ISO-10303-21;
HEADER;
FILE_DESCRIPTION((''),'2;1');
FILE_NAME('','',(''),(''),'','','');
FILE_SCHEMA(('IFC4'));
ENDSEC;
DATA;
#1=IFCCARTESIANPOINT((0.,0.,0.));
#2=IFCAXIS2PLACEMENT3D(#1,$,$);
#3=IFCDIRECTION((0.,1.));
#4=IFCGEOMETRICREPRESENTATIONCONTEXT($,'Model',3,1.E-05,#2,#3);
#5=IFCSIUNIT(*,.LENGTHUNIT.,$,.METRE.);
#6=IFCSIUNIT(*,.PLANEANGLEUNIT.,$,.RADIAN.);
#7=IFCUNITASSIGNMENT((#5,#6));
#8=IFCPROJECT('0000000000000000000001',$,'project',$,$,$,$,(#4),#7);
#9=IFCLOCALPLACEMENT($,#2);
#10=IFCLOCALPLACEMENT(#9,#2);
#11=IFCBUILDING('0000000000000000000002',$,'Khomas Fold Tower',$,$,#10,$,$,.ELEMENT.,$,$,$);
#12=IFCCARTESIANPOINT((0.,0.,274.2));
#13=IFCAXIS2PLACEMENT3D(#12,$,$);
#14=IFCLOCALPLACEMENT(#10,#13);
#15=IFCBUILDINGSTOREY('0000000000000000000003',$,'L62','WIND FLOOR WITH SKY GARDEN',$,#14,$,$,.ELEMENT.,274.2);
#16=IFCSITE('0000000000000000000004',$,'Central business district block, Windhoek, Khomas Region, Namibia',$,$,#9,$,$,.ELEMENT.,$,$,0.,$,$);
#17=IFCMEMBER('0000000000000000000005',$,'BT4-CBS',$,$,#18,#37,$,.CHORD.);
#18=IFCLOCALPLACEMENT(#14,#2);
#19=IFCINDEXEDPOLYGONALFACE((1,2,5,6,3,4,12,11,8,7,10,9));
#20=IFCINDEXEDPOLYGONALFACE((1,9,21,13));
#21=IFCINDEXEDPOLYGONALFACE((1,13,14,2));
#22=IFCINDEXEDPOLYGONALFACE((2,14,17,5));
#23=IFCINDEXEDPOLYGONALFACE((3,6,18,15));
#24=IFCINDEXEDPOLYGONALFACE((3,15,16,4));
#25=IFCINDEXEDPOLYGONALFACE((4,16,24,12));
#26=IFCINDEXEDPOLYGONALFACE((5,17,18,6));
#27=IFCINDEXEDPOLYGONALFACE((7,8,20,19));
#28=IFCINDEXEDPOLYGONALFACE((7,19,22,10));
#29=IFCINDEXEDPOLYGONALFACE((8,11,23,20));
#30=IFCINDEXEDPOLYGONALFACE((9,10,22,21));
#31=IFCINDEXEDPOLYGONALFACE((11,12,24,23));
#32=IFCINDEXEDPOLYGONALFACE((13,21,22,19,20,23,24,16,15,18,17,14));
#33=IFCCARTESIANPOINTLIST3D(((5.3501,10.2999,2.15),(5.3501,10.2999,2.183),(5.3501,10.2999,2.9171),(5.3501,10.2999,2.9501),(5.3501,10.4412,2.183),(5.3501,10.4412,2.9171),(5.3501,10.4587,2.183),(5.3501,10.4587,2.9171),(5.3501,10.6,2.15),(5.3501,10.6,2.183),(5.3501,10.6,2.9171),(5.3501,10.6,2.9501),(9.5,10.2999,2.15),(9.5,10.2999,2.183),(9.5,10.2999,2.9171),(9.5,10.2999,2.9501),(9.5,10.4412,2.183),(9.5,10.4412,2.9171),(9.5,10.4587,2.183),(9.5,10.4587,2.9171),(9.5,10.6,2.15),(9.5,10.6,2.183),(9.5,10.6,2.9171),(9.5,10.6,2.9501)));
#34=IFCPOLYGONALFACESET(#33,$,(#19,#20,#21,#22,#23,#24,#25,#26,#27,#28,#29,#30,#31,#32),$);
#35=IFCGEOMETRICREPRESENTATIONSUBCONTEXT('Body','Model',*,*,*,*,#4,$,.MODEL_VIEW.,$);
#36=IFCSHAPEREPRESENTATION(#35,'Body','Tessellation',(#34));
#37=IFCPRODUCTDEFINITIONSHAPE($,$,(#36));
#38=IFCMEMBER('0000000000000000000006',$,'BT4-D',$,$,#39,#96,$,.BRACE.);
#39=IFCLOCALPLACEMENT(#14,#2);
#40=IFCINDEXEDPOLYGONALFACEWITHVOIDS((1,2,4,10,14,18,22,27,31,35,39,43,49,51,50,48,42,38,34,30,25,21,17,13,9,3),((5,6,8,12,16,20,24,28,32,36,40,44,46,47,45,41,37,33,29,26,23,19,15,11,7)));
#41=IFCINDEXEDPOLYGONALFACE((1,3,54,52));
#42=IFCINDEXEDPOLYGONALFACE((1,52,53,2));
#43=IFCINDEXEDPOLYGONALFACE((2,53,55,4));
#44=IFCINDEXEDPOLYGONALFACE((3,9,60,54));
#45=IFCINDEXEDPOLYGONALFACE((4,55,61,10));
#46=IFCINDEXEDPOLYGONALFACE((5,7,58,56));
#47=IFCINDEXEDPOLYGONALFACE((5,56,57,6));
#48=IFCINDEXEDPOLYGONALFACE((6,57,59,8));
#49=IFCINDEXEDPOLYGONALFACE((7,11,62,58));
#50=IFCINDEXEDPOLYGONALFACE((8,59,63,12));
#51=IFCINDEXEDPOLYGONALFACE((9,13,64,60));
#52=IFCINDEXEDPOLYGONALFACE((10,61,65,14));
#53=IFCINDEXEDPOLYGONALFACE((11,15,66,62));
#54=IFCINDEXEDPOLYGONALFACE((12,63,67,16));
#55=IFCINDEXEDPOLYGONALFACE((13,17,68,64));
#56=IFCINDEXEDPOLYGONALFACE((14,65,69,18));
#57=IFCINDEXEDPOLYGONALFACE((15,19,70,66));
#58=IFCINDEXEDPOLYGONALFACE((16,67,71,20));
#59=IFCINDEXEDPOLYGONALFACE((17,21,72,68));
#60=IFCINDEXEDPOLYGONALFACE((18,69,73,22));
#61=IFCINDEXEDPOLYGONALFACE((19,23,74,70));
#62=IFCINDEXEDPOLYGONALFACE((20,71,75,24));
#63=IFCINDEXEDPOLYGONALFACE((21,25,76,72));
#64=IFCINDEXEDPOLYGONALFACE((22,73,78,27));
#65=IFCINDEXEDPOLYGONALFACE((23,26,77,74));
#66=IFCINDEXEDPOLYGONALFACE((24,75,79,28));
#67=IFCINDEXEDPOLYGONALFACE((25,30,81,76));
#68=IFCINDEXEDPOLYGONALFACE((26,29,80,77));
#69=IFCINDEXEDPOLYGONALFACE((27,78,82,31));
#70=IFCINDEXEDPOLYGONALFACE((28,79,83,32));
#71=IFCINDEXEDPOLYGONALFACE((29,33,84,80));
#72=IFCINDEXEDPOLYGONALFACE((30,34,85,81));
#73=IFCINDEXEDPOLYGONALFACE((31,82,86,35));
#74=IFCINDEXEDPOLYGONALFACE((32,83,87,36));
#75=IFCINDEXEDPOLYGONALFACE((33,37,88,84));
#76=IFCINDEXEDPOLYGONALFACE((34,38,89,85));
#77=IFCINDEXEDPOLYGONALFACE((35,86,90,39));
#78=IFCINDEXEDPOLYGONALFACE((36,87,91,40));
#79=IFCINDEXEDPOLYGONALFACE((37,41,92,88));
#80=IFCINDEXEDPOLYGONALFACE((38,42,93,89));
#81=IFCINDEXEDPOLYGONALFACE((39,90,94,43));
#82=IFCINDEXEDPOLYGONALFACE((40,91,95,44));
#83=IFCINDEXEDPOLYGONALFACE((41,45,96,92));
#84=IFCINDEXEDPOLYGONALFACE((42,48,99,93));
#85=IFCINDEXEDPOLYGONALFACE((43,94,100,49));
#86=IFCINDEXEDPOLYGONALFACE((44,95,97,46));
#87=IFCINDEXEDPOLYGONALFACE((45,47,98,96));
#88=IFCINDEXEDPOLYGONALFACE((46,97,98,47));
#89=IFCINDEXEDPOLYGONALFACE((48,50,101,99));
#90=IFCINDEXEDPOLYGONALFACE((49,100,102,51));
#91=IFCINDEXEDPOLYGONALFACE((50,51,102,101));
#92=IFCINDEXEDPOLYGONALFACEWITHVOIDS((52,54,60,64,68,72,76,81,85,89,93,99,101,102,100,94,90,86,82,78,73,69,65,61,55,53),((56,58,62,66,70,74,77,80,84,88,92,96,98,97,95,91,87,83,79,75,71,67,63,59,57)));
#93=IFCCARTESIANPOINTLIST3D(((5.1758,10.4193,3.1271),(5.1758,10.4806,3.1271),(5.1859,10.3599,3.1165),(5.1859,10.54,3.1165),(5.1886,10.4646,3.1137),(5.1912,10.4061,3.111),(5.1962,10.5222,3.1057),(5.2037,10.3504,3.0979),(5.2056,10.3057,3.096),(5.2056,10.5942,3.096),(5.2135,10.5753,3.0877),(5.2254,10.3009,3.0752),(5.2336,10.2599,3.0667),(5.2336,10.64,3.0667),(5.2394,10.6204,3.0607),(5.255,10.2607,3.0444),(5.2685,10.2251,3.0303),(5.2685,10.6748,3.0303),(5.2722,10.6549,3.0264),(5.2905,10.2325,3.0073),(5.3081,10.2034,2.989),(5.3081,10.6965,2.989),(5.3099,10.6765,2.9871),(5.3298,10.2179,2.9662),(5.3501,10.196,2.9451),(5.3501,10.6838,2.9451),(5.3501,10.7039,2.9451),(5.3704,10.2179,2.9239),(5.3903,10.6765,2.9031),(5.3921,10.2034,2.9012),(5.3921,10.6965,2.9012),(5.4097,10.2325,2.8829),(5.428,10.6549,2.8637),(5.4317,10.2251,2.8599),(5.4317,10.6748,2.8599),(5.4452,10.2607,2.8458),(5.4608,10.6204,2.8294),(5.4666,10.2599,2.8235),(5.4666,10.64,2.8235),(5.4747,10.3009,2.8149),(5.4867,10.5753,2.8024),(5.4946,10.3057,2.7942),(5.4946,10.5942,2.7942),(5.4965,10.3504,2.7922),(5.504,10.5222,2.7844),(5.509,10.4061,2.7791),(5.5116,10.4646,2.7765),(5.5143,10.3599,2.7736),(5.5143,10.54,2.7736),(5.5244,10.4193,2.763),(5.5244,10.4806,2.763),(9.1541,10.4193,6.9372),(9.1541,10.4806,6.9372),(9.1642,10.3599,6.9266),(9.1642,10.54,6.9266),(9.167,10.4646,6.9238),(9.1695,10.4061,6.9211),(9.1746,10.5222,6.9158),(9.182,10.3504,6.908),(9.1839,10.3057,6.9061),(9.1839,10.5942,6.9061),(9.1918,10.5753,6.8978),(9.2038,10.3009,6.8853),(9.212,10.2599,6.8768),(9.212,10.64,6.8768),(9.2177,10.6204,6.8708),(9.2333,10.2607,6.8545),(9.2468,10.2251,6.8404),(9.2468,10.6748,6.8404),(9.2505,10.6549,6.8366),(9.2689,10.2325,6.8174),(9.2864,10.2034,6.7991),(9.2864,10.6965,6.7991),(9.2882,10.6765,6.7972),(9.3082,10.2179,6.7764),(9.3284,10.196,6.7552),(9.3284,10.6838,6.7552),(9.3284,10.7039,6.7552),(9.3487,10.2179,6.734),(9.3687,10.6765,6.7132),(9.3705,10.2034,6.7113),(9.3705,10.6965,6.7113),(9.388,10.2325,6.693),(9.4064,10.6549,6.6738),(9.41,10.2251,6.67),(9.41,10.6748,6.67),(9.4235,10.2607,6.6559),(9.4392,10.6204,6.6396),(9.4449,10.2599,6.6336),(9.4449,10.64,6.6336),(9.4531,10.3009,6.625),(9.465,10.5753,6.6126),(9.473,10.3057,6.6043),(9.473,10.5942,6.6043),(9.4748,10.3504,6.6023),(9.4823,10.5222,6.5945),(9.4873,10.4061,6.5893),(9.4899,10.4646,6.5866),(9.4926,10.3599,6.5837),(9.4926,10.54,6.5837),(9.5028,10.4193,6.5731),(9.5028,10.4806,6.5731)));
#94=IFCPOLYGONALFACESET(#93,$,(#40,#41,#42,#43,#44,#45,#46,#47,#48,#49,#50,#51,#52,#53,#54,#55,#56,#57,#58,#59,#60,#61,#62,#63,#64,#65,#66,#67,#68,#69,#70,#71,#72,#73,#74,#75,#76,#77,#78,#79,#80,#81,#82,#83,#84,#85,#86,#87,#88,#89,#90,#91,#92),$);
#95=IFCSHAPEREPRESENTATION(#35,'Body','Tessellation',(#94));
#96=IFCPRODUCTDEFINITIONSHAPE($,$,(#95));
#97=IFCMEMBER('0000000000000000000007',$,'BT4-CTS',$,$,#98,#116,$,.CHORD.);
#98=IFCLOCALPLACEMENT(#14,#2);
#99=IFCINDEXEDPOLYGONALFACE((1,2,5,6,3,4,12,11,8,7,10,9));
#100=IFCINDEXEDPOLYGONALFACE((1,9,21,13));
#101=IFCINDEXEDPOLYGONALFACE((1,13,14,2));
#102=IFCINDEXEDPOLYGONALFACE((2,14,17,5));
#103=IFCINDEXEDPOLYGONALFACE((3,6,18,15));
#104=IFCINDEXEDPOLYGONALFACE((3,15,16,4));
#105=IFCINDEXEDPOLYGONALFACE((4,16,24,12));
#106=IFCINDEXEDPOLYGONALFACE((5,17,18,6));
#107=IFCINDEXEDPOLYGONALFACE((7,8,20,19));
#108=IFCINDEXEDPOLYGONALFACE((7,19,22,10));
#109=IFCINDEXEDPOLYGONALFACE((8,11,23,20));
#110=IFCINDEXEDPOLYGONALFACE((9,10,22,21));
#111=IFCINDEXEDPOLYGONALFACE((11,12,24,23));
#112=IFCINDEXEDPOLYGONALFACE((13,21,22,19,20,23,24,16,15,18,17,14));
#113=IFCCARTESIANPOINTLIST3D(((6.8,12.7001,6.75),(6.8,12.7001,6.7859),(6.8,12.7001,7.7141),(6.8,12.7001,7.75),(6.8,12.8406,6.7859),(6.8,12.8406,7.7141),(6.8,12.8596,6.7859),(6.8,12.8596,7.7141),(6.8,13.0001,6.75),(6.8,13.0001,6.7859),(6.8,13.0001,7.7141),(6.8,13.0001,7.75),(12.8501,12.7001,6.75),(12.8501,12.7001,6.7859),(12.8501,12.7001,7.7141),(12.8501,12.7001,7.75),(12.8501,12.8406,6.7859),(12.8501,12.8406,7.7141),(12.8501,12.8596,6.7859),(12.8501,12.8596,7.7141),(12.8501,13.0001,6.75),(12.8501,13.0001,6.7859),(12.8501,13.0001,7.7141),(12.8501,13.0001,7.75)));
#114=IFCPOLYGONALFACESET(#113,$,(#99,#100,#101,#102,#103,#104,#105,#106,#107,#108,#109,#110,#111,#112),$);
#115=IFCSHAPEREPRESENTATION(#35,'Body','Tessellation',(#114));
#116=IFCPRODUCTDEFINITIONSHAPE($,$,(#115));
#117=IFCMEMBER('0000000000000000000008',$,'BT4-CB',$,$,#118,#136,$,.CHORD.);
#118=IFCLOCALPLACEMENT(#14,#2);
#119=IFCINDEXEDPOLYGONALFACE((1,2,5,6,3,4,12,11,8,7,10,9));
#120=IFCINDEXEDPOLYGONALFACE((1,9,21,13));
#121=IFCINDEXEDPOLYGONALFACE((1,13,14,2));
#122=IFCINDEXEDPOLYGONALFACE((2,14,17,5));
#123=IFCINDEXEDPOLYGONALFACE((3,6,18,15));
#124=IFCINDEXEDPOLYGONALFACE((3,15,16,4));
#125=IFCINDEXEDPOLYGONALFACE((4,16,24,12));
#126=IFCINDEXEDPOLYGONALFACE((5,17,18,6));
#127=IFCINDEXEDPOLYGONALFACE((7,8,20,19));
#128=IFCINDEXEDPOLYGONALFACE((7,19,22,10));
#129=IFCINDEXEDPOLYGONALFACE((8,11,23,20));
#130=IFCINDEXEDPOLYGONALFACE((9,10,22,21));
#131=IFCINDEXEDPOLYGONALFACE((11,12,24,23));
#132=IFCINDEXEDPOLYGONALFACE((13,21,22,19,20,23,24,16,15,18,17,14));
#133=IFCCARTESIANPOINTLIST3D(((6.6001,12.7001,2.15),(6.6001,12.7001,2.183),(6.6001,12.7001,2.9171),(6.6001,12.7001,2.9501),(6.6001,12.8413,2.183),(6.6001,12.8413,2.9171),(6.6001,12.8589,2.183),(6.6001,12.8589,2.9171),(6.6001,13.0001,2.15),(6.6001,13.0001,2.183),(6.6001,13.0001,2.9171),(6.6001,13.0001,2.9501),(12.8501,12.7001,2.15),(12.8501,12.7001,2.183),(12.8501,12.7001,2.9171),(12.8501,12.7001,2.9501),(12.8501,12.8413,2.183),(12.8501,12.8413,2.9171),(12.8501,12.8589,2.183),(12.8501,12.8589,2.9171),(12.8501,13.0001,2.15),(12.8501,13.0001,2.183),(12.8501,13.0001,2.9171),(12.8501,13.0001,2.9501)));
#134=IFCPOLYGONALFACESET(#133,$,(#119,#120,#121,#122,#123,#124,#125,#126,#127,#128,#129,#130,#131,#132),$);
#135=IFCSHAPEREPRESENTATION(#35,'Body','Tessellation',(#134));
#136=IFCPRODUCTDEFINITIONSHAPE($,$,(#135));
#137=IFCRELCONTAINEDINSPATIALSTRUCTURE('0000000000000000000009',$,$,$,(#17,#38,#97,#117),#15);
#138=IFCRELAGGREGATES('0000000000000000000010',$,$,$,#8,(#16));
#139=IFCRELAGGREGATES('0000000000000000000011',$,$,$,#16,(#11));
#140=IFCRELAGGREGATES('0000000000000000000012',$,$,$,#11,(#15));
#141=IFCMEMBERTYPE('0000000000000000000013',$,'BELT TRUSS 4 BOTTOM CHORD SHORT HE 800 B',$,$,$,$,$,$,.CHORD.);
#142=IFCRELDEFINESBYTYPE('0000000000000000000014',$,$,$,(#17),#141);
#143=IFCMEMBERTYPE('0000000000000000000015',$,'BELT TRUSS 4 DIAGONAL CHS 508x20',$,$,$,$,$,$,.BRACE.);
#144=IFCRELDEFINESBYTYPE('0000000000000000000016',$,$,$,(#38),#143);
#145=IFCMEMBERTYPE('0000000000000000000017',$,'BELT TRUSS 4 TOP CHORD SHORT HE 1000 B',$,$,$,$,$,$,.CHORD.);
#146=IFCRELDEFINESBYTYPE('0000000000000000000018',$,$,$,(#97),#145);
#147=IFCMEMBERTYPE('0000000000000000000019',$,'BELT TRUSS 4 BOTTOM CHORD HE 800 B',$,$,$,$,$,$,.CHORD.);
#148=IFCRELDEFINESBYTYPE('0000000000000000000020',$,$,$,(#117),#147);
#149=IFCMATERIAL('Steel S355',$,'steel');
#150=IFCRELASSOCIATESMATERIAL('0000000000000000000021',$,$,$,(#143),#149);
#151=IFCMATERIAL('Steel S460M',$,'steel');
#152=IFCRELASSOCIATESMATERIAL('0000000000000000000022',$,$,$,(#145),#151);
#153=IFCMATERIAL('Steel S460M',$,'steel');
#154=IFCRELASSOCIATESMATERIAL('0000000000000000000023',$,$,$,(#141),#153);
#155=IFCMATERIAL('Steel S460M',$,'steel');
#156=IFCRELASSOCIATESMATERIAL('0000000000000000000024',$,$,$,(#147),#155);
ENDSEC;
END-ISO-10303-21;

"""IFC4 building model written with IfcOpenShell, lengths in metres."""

from ifc_helpers import new_model, si_unit, direction, frame, origin, origin_2d, place, context, subcontext, project, spatial, hollow_circle, i_section, extrude, source, transform, mapped, material, material_profile, profile_set, type_object, element, save


model = new_model("IFC4")

# Units and contexts
model_context = context("Model", 3, precision=1e-05, world=origin(), true_north=direction((0.0, 1.0)))
body_context = subcontext(model_context, "Body", "Model", "MODEL_VIEW")
ifc_project = project(units=[si_unit("LENGTHUNIT", "METRE"), si_unit("PLANEANGLEUNIT", "RADIAN")], contexts=[model_context])

# Site, building, storey
site_placement = place(None, origin())
site = spatial("IfcSite", under=ifc_project, at=site_placement, Name="Central business district block, Windhoek, Khomas Region, Namibia", CompositionType="ELEMENT", RefElevation=0.0)
building_placement = place(site_placement, origin())
building = spatial("IfcBuilding", under=site, at=building_placement, Name="Khomas Fold Tower", CompositionType="ELEMENT")
storey_placement = place(building_placement, frame((0.0, 0.0, 274.2)))
storey = spatial("IfcBuildingStorey", under=building, at=storey_placement, Name="L62", Description="WIND FLOOR WITH SKY GARDEN", CompositionType="ELEMENT", Elevation=274.2)

# Members
ifc_material_1 = material(Name="Steel S355", Category="steel")
ifc_material_profile_1 = material_profile(ifc_material_1, hollow_circle(Radius=0.2539, WallThickness=0.02, at=origin_2d()), Name="CHS 508x20")
ifc_profile_set_1 = profile_set([ifc_material_profile_1], Name="Steel S355")
member_type_1 = type_object("IfcMemberType", Name="BELT TRUSS 4 DIAGONAL CHS 508x20", PredefinedType="BRACE", material=ifc_profile_set_1)
ifc_material_2 = material(Name="Steel S460M", Category="steel")
ifc_material_profile_2 = material_profile(ifc_material_2, i_section(OverallWidth=0.3, OverallDepth=1.0, WebThickness=0.019, FlangeThickness=0.0359, at=origin_2d()), Name="HE 1000 B")
ifc_profile_set_2 = profile_set([ifc_material_profile_2], Name="Steel S460M")
member_type_2 = type_object("IfcMemberType", Name="BELT TRUSS 4 TOP CHORD SHORT HE 1000 B", PredefinedType="CHORD", material=ifc_profile_set_2)
ifc_material_3 = material(Name="Steel S460M", Category="steel")
ifc_material_profile_3 = material_profile(ifc_material_3, i_section(OverallWidth=0.3, OverallDepth=0.8, WebThickness=0.0176, FlangeThickness=0.033, at=origin_2d()), Name="HE 800 B")
ifc_profile_set_3 = profile_set([ifc_material_profile_3], Name="Steel S460M")
member_type_3 = type_object("IfcMemberType", Name="BELT TRUSS 4 BOTTOM CHORD SHORT HE 800 B", PredefinedType="CHORD", material=ifc_profile_set_3)
shared_shape_1 = source(origin(), body_context, "Body", "SweptSolid", [
    extrude(i_section(OverallWidth=0.3, OverallDepth=0.8, WebThickness=0.0176, FlangeThickness=0.033, at=origin_2d()), origin(), (0.0, 0.0, 1.0), 4.1499),
])
member_1_placement = place(storey_placement, frame((5.3501, 10.45, 2.55), z_axis=(1.0, 0.0, 0.0), x_axis=(0.0, 1.0, 0.0)))
element("IfcMember", 1, at=member_1_placement, inside=storey, type_object=member_type_3, Name="BT4-CBS", PredefinedType="CHORD", context=body_context, shape_type="MappedRepresentation", body=[
    mapped(shared_shape_1, transform((0.0, 0.0, 0.0))),
])
shared_shape_2 = source(origin(), body_context, "Body", "SweptSolid", [
    extrude(hollow_circle(Radius=0.2539, WallThickness=0.02, at=origin_2d()), origin(), (0.0, 0.0, 1.0), 5.5085),
])
member_2_placement = place(storey_placement, frame((5.3501, 10.45, 2.9451), z_axis=(0.72221, 0.0, 0.691673), x_axis=(0.0, 1.0, 0.0)))
element("IfcMember", 2, at=member_2_placement, inside=storey, type_object=member_type_1, Name="BT4-D", PredefinedType="BRACE", context=body_context, shape_type="MappedRepresentation", body=[
    mapped(shared_shape_2, transform((0.0, 0.0, 0.0))),
])
shared_shape_3 = source(origin(), body_context, "Body", "SweptSolid", [
    extrude(i_section(OverallWidth=0.3, OverallDepth=1.0, WebThickness=0.019, FlangeThickness=0.0359, at=origin_2d()), origin(), (0.0, 0.0, 1.0), 6.05),
])
member_3_placement = place(storey_placement, frame((6.8, 12.8501, 7.25), z_axis=(1.0, 0.0, 0.0), x_axis=(0.0, 1.0, 0.0)))
element("IfcMember", 3, at=member_3_placement, inside=storey, type_object=member_type_2, Name="BT4-CTS", PredefinedType="CHORD", context=body_context, shape_type="MappedRepresentation", body=[
    mapped(shared_shape_3, transform((0.0, 0.0, 0.0))),
])
ifc_material_4 = material(Name="Steel S460M", Category="steel")
ifc_material_profile_4 = material_profile(ifc_material_4, i_section(OverallWidth=0.3, OverallDepth=0.8, WebThickness=0.0176, FlangeThickness=0.033, at=origin_2d()), Name="HE 800 B")
ifc_profile_set_4 = profile_set([ifc_material_profile_4], Name="Steel S460M")
member_type_4 = type_object("IfcMemberType", Name="BELT TRUSS 4 BOTTOM CHORD HE 800 B", PredefinedType="CHORD", material=ifc_profile_set_4)
shared_shape_4 = source(origin(), body_context, "Body", "SweptSolid", [
    extrude(i_section(OverallWidth=0.3, OverallDepth=0.8, WebThickness=0.0176, FlangeThickness=0.033, at=origin_2d()), origin(), (0.0, 0.0, 1.0), 6.25),
])
member_4_placement = place(storey_placement, frame((6.6001, 12.8501, 2.55), z_axis=(1.0, 0.0, 0.0), x_axis=(0.0, 1.0, 0.0)))
element("IfcMember", 4, at=member_4_placement, inside=storey, type_object=member_type_4, Name="BT4-CB", PredefinedType="CHORD", context=body_context, shape_type="MappedRepresentation", body=[
    mapped(shared_shape_4, transform((0.0, 0.0, 0.0))),
])

save(model, "model.ifc")
